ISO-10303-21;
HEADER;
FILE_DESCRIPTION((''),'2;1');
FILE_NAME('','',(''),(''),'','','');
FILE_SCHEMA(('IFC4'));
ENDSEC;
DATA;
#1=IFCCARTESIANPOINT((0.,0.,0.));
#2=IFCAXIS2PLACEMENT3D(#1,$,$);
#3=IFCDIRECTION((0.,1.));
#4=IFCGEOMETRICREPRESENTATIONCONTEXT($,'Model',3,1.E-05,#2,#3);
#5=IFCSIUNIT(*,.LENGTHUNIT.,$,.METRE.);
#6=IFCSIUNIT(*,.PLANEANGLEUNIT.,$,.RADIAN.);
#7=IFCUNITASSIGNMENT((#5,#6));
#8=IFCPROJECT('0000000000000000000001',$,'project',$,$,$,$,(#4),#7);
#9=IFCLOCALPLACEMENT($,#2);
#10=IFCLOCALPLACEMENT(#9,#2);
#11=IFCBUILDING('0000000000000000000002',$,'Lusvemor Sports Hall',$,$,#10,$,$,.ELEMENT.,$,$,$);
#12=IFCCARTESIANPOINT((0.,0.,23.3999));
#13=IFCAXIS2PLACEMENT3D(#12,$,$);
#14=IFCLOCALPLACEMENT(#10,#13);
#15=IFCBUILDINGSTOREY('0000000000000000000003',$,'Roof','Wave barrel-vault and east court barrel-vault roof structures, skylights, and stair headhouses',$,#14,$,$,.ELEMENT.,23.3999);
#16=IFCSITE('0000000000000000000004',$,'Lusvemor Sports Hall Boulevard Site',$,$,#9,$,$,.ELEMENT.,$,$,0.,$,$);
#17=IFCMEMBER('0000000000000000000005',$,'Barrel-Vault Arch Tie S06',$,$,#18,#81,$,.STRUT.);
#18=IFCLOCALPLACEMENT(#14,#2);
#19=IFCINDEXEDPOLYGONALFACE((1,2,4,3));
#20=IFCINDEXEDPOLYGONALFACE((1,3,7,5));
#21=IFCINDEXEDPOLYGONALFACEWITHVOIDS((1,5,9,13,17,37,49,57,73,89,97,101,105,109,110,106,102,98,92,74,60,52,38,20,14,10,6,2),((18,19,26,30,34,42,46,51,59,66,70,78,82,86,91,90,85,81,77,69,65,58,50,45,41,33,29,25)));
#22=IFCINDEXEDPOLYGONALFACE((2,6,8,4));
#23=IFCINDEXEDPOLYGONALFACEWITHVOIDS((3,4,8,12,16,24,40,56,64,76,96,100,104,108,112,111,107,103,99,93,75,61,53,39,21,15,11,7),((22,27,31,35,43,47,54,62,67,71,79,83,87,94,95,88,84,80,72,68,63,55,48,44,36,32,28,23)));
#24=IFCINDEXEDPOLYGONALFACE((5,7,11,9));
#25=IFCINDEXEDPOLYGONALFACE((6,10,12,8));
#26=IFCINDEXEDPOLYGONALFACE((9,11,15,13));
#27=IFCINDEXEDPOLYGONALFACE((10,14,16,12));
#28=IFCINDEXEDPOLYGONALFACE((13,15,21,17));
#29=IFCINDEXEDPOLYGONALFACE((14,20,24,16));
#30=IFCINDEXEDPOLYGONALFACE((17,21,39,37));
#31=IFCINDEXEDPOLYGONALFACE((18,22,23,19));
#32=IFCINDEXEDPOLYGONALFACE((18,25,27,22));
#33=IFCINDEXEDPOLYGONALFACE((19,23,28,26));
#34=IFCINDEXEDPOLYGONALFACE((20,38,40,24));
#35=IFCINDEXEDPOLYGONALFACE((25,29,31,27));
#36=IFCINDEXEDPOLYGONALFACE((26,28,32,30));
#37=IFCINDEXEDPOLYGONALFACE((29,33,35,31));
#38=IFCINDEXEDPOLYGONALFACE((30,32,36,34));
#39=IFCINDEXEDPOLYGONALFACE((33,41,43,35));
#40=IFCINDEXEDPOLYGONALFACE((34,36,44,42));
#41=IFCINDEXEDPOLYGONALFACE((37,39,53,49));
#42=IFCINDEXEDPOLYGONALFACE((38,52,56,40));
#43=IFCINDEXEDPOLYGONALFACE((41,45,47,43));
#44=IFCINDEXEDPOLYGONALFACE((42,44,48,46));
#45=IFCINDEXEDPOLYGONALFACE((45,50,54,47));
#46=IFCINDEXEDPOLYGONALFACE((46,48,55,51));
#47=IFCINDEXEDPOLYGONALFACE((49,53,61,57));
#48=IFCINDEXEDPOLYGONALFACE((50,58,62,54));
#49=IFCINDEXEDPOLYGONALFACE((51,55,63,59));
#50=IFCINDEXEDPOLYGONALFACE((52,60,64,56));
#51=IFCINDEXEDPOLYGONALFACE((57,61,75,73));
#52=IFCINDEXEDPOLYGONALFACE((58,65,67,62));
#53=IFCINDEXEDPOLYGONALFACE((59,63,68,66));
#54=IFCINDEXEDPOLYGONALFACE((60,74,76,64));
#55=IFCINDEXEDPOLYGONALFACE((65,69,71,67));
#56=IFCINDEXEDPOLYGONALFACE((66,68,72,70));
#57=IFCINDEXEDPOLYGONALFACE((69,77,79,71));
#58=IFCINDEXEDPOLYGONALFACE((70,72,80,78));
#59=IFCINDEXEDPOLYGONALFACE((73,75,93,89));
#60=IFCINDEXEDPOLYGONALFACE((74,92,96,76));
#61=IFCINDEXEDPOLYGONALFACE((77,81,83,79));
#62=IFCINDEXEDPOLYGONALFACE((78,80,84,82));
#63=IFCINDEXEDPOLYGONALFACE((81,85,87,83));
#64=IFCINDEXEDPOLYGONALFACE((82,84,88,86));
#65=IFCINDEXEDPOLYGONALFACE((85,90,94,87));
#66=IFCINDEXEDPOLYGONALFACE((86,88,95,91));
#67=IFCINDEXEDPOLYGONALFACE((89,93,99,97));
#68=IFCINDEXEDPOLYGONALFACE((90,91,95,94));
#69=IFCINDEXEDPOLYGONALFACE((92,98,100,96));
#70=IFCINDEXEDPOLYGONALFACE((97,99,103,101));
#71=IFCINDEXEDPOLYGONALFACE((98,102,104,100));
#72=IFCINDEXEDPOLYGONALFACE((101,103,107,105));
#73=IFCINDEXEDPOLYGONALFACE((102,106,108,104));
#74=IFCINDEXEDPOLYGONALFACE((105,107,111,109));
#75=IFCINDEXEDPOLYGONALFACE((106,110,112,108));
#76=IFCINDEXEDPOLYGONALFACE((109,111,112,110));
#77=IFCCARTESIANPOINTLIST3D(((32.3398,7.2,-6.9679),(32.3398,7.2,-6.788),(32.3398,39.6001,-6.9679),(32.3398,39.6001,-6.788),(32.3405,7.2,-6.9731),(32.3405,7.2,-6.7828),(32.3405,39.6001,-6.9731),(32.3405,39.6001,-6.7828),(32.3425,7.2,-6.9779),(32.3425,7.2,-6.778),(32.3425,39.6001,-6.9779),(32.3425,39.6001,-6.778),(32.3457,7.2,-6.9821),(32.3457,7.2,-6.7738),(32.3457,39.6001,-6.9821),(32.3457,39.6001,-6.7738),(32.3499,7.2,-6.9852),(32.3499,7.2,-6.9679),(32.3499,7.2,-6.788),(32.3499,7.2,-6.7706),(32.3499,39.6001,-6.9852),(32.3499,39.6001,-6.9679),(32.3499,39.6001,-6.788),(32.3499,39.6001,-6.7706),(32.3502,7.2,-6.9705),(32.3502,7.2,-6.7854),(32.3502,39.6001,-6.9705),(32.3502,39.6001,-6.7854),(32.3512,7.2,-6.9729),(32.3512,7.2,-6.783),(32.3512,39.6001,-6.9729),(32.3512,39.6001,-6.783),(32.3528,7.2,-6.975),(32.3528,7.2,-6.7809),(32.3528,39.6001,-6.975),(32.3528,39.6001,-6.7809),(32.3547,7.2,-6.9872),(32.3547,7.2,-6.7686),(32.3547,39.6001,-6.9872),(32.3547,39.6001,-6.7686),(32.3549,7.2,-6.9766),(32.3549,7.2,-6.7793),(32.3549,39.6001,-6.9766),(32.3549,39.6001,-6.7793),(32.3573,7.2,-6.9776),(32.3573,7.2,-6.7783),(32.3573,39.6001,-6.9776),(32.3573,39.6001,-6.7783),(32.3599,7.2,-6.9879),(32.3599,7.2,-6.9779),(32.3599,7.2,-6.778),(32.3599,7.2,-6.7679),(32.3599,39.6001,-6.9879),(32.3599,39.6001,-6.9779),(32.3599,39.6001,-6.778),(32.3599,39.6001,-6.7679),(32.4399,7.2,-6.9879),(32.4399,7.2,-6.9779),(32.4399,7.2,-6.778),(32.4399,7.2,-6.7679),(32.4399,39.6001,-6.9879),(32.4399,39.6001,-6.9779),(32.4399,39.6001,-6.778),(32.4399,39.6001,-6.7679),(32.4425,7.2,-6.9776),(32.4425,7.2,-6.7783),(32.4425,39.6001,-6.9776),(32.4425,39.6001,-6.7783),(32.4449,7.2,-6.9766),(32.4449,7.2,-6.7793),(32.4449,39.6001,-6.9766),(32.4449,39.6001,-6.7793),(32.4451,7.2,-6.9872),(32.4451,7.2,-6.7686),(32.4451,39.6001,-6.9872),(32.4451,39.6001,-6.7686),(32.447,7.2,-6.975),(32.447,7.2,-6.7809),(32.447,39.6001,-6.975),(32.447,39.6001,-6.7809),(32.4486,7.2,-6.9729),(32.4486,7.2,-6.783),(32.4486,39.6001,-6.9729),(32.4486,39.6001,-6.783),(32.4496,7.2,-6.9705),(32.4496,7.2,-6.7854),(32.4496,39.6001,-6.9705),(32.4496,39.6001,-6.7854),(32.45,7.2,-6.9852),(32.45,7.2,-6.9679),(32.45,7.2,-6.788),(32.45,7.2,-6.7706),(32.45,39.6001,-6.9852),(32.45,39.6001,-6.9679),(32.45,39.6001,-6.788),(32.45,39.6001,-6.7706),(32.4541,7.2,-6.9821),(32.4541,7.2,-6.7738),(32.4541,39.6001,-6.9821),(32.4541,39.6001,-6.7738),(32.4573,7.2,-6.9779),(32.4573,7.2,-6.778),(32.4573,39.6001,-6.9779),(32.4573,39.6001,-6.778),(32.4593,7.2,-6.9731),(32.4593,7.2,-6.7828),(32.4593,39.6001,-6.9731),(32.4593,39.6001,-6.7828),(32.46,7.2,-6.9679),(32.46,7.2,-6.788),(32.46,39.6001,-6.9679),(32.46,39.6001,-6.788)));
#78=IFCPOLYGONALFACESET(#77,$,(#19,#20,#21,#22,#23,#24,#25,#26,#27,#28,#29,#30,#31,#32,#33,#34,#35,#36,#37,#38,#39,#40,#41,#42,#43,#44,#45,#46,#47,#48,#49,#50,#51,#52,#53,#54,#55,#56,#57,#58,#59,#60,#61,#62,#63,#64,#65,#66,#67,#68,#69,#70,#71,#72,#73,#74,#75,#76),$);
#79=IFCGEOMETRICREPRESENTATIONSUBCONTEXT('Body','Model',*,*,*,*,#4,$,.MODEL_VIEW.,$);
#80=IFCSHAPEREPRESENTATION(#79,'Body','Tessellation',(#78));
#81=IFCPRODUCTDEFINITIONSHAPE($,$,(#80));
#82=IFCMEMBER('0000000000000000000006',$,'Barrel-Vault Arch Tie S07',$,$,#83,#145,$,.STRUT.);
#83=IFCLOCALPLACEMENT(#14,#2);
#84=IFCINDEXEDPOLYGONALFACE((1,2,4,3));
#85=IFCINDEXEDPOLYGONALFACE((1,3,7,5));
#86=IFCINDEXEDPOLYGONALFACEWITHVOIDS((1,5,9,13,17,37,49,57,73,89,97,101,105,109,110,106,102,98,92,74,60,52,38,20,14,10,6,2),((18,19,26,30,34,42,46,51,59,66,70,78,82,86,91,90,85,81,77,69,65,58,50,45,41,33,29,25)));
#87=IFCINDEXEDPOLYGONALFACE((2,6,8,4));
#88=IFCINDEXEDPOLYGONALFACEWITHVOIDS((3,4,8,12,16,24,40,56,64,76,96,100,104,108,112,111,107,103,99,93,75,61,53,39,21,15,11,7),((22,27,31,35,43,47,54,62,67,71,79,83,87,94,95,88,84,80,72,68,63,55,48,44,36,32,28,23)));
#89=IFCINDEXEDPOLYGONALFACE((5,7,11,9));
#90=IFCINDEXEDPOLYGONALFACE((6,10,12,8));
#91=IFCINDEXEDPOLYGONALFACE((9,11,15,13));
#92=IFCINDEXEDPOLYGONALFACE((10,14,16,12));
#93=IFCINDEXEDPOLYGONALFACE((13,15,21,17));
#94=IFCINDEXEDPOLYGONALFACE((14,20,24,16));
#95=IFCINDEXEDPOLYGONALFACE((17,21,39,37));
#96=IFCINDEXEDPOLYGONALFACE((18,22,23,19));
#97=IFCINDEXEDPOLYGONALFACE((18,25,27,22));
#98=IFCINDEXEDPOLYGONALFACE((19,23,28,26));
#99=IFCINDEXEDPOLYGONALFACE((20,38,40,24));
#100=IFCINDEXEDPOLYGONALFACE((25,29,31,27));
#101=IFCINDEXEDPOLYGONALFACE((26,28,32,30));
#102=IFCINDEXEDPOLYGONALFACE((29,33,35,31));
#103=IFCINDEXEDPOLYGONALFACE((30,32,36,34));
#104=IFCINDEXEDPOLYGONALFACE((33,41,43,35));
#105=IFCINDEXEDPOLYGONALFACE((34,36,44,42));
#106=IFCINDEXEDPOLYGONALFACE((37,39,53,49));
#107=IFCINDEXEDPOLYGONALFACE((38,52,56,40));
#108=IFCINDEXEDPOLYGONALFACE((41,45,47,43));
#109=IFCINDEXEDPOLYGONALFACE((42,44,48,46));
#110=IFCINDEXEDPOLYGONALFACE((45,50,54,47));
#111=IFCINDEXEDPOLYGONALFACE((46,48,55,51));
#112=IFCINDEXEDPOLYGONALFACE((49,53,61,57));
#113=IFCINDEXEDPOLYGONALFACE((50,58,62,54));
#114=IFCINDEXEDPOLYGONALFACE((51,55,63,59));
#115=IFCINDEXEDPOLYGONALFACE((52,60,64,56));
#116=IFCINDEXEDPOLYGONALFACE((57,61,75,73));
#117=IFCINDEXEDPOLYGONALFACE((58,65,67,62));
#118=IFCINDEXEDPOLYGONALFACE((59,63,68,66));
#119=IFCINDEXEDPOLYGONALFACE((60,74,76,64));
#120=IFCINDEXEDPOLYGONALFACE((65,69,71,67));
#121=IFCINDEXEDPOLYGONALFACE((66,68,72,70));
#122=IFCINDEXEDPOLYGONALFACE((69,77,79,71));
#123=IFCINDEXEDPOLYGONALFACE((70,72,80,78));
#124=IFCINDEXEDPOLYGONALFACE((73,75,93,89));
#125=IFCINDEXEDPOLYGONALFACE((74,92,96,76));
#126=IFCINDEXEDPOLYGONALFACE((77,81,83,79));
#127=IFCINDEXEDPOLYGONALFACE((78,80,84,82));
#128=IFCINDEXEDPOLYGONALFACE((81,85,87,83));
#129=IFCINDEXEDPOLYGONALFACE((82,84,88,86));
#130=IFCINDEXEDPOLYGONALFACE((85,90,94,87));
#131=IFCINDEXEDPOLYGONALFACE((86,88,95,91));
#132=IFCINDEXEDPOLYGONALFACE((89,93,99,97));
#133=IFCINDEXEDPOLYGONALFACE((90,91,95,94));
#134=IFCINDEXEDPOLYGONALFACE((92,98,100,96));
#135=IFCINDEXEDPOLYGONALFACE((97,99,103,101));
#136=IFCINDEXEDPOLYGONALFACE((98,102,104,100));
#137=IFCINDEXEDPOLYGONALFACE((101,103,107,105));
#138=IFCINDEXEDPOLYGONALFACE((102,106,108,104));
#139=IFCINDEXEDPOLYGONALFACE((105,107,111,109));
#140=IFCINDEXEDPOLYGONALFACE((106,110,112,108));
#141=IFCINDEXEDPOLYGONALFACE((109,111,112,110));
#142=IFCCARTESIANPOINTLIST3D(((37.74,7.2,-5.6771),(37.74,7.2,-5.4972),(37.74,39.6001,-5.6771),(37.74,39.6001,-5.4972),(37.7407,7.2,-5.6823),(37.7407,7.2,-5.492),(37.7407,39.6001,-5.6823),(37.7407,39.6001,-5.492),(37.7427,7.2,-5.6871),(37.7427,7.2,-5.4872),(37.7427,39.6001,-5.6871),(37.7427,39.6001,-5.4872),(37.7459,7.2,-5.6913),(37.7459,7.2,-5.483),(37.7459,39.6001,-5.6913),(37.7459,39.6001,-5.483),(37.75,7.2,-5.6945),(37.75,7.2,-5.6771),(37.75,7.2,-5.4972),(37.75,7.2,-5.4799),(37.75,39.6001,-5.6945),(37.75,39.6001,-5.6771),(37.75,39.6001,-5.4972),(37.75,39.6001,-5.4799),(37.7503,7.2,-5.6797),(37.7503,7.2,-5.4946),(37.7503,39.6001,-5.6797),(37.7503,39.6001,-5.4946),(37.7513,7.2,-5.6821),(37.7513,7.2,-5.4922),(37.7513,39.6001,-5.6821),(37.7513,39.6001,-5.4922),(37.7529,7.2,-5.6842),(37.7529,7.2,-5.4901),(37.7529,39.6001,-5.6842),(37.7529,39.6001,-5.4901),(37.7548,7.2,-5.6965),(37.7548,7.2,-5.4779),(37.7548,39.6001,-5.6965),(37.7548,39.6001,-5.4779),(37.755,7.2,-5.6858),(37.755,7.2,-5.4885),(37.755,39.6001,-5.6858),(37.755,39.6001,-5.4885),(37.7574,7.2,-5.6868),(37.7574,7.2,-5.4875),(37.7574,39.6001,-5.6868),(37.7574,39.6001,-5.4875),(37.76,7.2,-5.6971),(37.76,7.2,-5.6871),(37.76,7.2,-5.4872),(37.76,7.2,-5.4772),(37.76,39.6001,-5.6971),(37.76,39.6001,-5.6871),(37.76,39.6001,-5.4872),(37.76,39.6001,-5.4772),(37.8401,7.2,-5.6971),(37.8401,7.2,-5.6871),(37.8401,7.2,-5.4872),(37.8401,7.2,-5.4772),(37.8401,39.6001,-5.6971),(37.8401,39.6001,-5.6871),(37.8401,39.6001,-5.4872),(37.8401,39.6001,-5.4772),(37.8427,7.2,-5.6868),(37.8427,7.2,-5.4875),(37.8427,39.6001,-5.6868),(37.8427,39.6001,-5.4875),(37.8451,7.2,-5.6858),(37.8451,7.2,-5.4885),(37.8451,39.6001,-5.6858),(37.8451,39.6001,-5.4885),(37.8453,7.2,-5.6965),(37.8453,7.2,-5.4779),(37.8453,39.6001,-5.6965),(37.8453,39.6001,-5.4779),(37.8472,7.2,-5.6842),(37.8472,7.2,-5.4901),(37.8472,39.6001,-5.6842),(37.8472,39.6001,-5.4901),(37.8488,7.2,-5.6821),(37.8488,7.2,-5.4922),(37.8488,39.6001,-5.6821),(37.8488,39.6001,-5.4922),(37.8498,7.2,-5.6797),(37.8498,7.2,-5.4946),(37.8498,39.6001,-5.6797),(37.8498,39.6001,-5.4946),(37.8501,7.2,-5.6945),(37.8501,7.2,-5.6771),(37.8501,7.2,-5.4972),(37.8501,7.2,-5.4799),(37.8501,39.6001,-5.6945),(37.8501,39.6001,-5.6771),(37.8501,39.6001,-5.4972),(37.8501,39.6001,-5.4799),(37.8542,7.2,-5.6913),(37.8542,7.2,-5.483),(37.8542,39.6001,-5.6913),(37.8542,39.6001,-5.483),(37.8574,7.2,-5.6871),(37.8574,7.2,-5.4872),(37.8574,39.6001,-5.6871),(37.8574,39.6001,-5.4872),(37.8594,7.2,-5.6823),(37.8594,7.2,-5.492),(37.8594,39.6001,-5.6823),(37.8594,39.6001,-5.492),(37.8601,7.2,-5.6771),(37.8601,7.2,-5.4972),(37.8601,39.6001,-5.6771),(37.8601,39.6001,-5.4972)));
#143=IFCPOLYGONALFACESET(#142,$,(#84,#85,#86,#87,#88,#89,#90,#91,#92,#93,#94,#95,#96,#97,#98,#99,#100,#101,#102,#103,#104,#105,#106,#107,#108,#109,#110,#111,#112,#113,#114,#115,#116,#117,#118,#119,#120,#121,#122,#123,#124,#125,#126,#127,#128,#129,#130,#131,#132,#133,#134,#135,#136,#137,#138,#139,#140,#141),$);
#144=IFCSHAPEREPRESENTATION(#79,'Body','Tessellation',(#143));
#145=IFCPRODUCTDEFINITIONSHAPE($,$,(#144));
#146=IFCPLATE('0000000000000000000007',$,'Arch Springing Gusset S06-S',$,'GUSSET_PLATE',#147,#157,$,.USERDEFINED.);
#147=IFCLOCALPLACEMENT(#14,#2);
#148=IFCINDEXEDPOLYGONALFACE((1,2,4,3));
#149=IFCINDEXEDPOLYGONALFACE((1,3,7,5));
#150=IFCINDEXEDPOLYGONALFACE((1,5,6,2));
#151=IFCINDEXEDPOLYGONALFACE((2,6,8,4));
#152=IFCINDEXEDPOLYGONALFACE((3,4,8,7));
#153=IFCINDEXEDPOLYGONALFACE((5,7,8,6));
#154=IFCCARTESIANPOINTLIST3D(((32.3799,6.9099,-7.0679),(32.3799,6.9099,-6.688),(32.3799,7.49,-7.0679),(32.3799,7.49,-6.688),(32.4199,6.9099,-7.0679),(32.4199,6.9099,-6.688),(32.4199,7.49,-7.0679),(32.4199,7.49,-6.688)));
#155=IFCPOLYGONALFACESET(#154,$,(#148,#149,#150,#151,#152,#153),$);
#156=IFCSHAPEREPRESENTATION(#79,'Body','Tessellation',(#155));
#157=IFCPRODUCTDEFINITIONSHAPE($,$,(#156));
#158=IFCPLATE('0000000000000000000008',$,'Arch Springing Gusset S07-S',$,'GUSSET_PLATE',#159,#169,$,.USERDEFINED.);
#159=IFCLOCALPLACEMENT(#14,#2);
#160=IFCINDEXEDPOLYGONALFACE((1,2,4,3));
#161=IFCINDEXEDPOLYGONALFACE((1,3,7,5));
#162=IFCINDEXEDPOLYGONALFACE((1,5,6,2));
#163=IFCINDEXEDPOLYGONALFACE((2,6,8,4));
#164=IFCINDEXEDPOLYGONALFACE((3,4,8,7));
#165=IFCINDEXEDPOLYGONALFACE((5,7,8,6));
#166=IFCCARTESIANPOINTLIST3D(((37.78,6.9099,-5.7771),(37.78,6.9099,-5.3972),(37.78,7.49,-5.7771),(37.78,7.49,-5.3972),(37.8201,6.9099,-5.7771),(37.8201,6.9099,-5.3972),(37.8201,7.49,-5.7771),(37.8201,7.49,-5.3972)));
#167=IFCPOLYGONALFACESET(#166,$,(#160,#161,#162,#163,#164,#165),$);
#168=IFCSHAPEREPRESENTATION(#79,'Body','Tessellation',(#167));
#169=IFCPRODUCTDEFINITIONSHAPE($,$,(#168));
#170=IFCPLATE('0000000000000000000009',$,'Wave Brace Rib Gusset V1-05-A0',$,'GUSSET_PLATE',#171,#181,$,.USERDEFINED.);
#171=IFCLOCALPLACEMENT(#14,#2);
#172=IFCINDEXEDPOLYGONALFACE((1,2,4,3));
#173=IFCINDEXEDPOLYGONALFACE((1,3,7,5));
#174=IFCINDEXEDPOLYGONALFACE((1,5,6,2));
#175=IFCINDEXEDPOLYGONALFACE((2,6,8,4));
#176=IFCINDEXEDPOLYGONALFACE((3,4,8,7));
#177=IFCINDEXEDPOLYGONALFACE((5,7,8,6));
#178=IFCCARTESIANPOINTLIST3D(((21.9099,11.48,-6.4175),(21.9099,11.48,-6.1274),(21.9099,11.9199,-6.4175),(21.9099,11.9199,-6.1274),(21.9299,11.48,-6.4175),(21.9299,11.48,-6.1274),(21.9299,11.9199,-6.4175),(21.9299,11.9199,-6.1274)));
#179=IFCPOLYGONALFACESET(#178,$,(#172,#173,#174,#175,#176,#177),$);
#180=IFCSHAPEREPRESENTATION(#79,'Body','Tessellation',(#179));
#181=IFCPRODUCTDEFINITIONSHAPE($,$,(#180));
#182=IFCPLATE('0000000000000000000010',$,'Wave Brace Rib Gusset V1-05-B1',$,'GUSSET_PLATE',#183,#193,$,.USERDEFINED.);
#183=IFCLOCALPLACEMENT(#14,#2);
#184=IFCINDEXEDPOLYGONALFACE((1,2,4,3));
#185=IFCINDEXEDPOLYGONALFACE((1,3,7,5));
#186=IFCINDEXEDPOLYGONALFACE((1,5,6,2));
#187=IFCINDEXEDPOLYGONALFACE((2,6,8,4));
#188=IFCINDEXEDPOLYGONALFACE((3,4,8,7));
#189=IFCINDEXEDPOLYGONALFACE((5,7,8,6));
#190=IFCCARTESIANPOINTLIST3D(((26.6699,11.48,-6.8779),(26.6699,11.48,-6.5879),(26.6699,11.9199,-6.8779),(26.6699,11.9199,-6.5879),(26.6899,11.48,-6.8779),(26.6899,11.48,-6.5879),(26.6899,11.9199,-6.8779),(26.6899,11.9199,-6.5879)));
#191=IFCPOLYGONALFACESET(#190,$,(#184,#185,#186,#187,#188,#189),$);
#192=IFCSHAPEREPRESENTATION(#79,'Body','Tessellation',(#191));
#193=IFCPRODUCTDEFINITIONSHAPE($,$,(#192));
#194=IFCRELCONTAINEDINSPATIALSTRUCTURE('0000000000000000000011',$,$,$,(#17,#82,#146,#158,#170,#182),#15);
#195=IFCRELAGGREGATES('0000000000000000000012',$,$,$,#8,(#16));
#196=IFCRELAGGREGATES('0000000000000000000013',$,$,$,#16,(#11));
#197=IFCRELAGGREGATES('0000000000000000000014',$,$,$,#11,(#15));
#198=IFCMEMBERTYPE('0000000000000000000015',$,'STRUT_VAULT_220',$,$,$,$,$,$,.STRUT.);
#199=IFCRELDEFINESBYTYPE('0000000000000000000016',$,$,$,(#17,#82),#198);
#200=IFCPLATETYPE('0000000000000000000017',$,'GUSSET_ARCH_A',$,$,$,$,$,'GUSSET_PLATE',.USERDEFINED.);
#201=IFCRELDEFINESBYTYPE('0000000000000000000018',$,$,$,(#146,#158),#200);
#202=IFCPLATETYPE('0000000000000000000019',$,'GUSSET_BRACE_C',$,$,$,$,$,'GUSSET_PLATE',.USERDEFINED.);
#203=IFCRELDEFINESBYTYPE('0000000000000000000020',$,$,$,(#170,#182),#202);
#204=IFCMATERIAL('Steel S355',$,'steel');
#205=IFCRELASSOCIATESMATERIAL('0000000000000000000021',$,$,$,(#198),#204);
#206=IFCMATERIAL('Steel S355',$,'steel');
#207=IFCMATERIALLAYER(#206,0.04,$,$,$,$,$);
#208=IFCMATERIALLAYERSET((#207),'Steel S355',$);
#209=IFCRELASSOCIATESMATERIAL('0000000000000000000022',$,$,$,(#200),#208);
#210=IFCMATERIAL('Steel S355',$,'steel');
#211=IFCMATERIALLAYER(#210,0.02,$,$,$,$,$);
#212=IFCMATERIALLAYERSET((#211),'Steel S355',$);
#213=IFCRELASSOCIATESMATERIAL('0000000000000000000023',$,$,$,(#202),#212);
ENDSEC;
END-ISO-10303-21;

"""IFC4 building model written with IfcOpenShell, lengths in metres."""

from ifc_helpers import new_model, si_unit, direction, frame, origin, origin_2d, place, context, subcontext, project, spatial, rectangle, hollow_rectangle, extrude, material, layer, layer_set, material_profile, profile_set, type_object, element, save


model = new_model("IFC4")

# Units and contexts
model_context = context("Model", 3, precision=1e-05, world=origin(), true_north=direction((0.0, 1.0)))
body_context = subcontext(model_context, "Body", "Model", "MODEL_VIEW")
ifc_project = project(units=[si_unit("LENGTHUNIT", "METRE"), si_unit("PLANEANGLEUNIT", "RADIAN")], contexts=[model_context])

# Site, building, storey
site_placement = place(None, origin())
site = spatial("IfcSite", under=ifc_project, at=site_placement, Name="Lusvemor Sports Hall Boulevard Site", CompositionType="ELEMENT", RefElevation=0.0)
building_placement = place(site_placement, origin())
building = spatial("IfcBuilding", under=site, at=building_placement, Name="Lusvemor Sports Hall", CompositionType="ELEMENT")
storey_placement = place(building_placement, frame((0.0, 0.0, 23.3999)))
storey = spatial("IfcBuildingStorey", under=building, at=storey_placement, Name="Roof", Description="Wave barrel-vault and east court barrel-vault roof structures, skylights, and stair headhouses", CompositionType="ELEMENT", Elevation=23.3999)

# Members
ifc_material_1 = material(Name="Steel S355", Category="steel")
ifc_material_profile_1 = material_profile(ifc_material_1, hollow_rectangle(XDim=0.1201, YDim=0.22, WallThickness=0.01, InnerFilletRadius=0.01, OuterFilletRadius=0.02, at=origin_2d()), Name="RHS220x120x10")
ifc_profile_set_1 = profile_set([ifc_material_profile_1], Name="Steel S355")
member_type_1 = type_object("IfcMemberType", Name="STRUT_VAULT_220", PredefinedType="STRUT", material=ifc_profile_set_1)
for number, where, z_axis, x_axis, name in (
    (1, (32.3999, 7.2, -6.8779), (0.0, 1.0, 0.0), (-1.0, 0.0, 0.0), "Barrel-Vault Arch Tie S06"),
    (2, (37.8, 7.2, -5.5872), (0.0, 1.0, 0.0), (-1.0, 0.0, 0.0), "Barrel-Vault Arch Tie S07"),
):
    element("IfcMember", number, at=place(storey_placement, frame(where, z_axis=z_axis, x_axis=x_axis)), inside=storey, type_object=member_type_1, Name=name, PredefinedType="STRUT", context=body_context, shape_type="SweptSolid", body=[
        extrude(hollow_rectangle(XDim=0.1201, YDim=0.22, WallThickness=0.01, InnerFilletRadius=0.01, OuterFilletRadius=0.02, at=origin_2d()), origin(), (0.0, 0.0, 1.0), 32.4001),
    ])

# Plates
ifc_material_2 = material(Name="Steel S355", Category="steel")
ifc_layer_1 = layer(ifc_material_2, 0.04)
ifc_layer_set_1 = layer_set([ifc_layer_1], Name="Steel S355")
plate_type_1 = type_object("IfcPlateType", Name="GUSSET_ARCH_A", ElementType="GUSSET_PLATE", PredefinedType="USERDEFINED", material=ifc_layer_set_1)
for number, where, z_axis, x_axis, name in (
    (3, (32.3999, 7.2, -7.0679), (0.0, 0.0, 1.0), (1.0, 0.0, 0.0), "Arch Springing Gusset S06-S"),
    (4, (37.8, 7.2, -5.7771), (0.0, 0.0, 1.0), (1.0, 0.0, 0.0), "Arch Springing Gusset S07-S"),
):
    element("IfcPlate", number, at=place(storey_placement, frame(where, z_axis=z_axis, x_axis=x_axis)), inside=storey, type_object=plate_type_1, Name=name, ObjectType="GUSSET_PLATE", PredefinedType="USERDEFINED", context=body_context, shape_type="SweptSolid", body=[
        extrude(rectangle(XDim=0.04, YDim=0.5801, at=origin_2d()), origin(), (0.0, 0.0, 1.0), 0.3799),
    ])
ifc_material_3 = material(Name="Steel S355", Category="steel")
ifc_layer_2 = layer(ifc_material_3, 0.02)
ifc_layer_set_2 = layer_set([ifc_layer_2], Name="Steel S355")
plate_type_2 = type_object("IfcPlateType", Name="GUSSET_BRACE_C", ElementType="GUSSET_PLATE", PredefinedType="USERDEFINED", material=ifc_layer_set_2)
for number, where, z_axis, x_axis, name in (
    (5, (21.9199, 11.7, -6.4175), (0.0, 0.0, 1.0), (1.0, 0.0, 0.0), "Wave Brace Rib Gusset V1-05-A0"),
    (6, (26.6799, 11.7, -6.8779), (0.0, 0.0, 1.0), (1.0, 0.0, 0.0), "Wave Brace Rib Gusset V1-05-B1"),
):
    element("IfcPlate", number, at=place(storey_placement, frame(where, z_axis=z_axis, x_axis=x_axis)), inside=storey, type_object=plate_type_2, Name=name, ObjectType="GUSSET_PLATE", PredefinedType="USERDEFINED", context=body_context, shape_type="SweptSolid", body=[
        extrude(rectangle(XDim=0.02, YDim=0.4399, at=origin_2d()), origin(), (0.0, 0.0, 1.0), 0.29),
    ])

save(model, "model.ifc")
